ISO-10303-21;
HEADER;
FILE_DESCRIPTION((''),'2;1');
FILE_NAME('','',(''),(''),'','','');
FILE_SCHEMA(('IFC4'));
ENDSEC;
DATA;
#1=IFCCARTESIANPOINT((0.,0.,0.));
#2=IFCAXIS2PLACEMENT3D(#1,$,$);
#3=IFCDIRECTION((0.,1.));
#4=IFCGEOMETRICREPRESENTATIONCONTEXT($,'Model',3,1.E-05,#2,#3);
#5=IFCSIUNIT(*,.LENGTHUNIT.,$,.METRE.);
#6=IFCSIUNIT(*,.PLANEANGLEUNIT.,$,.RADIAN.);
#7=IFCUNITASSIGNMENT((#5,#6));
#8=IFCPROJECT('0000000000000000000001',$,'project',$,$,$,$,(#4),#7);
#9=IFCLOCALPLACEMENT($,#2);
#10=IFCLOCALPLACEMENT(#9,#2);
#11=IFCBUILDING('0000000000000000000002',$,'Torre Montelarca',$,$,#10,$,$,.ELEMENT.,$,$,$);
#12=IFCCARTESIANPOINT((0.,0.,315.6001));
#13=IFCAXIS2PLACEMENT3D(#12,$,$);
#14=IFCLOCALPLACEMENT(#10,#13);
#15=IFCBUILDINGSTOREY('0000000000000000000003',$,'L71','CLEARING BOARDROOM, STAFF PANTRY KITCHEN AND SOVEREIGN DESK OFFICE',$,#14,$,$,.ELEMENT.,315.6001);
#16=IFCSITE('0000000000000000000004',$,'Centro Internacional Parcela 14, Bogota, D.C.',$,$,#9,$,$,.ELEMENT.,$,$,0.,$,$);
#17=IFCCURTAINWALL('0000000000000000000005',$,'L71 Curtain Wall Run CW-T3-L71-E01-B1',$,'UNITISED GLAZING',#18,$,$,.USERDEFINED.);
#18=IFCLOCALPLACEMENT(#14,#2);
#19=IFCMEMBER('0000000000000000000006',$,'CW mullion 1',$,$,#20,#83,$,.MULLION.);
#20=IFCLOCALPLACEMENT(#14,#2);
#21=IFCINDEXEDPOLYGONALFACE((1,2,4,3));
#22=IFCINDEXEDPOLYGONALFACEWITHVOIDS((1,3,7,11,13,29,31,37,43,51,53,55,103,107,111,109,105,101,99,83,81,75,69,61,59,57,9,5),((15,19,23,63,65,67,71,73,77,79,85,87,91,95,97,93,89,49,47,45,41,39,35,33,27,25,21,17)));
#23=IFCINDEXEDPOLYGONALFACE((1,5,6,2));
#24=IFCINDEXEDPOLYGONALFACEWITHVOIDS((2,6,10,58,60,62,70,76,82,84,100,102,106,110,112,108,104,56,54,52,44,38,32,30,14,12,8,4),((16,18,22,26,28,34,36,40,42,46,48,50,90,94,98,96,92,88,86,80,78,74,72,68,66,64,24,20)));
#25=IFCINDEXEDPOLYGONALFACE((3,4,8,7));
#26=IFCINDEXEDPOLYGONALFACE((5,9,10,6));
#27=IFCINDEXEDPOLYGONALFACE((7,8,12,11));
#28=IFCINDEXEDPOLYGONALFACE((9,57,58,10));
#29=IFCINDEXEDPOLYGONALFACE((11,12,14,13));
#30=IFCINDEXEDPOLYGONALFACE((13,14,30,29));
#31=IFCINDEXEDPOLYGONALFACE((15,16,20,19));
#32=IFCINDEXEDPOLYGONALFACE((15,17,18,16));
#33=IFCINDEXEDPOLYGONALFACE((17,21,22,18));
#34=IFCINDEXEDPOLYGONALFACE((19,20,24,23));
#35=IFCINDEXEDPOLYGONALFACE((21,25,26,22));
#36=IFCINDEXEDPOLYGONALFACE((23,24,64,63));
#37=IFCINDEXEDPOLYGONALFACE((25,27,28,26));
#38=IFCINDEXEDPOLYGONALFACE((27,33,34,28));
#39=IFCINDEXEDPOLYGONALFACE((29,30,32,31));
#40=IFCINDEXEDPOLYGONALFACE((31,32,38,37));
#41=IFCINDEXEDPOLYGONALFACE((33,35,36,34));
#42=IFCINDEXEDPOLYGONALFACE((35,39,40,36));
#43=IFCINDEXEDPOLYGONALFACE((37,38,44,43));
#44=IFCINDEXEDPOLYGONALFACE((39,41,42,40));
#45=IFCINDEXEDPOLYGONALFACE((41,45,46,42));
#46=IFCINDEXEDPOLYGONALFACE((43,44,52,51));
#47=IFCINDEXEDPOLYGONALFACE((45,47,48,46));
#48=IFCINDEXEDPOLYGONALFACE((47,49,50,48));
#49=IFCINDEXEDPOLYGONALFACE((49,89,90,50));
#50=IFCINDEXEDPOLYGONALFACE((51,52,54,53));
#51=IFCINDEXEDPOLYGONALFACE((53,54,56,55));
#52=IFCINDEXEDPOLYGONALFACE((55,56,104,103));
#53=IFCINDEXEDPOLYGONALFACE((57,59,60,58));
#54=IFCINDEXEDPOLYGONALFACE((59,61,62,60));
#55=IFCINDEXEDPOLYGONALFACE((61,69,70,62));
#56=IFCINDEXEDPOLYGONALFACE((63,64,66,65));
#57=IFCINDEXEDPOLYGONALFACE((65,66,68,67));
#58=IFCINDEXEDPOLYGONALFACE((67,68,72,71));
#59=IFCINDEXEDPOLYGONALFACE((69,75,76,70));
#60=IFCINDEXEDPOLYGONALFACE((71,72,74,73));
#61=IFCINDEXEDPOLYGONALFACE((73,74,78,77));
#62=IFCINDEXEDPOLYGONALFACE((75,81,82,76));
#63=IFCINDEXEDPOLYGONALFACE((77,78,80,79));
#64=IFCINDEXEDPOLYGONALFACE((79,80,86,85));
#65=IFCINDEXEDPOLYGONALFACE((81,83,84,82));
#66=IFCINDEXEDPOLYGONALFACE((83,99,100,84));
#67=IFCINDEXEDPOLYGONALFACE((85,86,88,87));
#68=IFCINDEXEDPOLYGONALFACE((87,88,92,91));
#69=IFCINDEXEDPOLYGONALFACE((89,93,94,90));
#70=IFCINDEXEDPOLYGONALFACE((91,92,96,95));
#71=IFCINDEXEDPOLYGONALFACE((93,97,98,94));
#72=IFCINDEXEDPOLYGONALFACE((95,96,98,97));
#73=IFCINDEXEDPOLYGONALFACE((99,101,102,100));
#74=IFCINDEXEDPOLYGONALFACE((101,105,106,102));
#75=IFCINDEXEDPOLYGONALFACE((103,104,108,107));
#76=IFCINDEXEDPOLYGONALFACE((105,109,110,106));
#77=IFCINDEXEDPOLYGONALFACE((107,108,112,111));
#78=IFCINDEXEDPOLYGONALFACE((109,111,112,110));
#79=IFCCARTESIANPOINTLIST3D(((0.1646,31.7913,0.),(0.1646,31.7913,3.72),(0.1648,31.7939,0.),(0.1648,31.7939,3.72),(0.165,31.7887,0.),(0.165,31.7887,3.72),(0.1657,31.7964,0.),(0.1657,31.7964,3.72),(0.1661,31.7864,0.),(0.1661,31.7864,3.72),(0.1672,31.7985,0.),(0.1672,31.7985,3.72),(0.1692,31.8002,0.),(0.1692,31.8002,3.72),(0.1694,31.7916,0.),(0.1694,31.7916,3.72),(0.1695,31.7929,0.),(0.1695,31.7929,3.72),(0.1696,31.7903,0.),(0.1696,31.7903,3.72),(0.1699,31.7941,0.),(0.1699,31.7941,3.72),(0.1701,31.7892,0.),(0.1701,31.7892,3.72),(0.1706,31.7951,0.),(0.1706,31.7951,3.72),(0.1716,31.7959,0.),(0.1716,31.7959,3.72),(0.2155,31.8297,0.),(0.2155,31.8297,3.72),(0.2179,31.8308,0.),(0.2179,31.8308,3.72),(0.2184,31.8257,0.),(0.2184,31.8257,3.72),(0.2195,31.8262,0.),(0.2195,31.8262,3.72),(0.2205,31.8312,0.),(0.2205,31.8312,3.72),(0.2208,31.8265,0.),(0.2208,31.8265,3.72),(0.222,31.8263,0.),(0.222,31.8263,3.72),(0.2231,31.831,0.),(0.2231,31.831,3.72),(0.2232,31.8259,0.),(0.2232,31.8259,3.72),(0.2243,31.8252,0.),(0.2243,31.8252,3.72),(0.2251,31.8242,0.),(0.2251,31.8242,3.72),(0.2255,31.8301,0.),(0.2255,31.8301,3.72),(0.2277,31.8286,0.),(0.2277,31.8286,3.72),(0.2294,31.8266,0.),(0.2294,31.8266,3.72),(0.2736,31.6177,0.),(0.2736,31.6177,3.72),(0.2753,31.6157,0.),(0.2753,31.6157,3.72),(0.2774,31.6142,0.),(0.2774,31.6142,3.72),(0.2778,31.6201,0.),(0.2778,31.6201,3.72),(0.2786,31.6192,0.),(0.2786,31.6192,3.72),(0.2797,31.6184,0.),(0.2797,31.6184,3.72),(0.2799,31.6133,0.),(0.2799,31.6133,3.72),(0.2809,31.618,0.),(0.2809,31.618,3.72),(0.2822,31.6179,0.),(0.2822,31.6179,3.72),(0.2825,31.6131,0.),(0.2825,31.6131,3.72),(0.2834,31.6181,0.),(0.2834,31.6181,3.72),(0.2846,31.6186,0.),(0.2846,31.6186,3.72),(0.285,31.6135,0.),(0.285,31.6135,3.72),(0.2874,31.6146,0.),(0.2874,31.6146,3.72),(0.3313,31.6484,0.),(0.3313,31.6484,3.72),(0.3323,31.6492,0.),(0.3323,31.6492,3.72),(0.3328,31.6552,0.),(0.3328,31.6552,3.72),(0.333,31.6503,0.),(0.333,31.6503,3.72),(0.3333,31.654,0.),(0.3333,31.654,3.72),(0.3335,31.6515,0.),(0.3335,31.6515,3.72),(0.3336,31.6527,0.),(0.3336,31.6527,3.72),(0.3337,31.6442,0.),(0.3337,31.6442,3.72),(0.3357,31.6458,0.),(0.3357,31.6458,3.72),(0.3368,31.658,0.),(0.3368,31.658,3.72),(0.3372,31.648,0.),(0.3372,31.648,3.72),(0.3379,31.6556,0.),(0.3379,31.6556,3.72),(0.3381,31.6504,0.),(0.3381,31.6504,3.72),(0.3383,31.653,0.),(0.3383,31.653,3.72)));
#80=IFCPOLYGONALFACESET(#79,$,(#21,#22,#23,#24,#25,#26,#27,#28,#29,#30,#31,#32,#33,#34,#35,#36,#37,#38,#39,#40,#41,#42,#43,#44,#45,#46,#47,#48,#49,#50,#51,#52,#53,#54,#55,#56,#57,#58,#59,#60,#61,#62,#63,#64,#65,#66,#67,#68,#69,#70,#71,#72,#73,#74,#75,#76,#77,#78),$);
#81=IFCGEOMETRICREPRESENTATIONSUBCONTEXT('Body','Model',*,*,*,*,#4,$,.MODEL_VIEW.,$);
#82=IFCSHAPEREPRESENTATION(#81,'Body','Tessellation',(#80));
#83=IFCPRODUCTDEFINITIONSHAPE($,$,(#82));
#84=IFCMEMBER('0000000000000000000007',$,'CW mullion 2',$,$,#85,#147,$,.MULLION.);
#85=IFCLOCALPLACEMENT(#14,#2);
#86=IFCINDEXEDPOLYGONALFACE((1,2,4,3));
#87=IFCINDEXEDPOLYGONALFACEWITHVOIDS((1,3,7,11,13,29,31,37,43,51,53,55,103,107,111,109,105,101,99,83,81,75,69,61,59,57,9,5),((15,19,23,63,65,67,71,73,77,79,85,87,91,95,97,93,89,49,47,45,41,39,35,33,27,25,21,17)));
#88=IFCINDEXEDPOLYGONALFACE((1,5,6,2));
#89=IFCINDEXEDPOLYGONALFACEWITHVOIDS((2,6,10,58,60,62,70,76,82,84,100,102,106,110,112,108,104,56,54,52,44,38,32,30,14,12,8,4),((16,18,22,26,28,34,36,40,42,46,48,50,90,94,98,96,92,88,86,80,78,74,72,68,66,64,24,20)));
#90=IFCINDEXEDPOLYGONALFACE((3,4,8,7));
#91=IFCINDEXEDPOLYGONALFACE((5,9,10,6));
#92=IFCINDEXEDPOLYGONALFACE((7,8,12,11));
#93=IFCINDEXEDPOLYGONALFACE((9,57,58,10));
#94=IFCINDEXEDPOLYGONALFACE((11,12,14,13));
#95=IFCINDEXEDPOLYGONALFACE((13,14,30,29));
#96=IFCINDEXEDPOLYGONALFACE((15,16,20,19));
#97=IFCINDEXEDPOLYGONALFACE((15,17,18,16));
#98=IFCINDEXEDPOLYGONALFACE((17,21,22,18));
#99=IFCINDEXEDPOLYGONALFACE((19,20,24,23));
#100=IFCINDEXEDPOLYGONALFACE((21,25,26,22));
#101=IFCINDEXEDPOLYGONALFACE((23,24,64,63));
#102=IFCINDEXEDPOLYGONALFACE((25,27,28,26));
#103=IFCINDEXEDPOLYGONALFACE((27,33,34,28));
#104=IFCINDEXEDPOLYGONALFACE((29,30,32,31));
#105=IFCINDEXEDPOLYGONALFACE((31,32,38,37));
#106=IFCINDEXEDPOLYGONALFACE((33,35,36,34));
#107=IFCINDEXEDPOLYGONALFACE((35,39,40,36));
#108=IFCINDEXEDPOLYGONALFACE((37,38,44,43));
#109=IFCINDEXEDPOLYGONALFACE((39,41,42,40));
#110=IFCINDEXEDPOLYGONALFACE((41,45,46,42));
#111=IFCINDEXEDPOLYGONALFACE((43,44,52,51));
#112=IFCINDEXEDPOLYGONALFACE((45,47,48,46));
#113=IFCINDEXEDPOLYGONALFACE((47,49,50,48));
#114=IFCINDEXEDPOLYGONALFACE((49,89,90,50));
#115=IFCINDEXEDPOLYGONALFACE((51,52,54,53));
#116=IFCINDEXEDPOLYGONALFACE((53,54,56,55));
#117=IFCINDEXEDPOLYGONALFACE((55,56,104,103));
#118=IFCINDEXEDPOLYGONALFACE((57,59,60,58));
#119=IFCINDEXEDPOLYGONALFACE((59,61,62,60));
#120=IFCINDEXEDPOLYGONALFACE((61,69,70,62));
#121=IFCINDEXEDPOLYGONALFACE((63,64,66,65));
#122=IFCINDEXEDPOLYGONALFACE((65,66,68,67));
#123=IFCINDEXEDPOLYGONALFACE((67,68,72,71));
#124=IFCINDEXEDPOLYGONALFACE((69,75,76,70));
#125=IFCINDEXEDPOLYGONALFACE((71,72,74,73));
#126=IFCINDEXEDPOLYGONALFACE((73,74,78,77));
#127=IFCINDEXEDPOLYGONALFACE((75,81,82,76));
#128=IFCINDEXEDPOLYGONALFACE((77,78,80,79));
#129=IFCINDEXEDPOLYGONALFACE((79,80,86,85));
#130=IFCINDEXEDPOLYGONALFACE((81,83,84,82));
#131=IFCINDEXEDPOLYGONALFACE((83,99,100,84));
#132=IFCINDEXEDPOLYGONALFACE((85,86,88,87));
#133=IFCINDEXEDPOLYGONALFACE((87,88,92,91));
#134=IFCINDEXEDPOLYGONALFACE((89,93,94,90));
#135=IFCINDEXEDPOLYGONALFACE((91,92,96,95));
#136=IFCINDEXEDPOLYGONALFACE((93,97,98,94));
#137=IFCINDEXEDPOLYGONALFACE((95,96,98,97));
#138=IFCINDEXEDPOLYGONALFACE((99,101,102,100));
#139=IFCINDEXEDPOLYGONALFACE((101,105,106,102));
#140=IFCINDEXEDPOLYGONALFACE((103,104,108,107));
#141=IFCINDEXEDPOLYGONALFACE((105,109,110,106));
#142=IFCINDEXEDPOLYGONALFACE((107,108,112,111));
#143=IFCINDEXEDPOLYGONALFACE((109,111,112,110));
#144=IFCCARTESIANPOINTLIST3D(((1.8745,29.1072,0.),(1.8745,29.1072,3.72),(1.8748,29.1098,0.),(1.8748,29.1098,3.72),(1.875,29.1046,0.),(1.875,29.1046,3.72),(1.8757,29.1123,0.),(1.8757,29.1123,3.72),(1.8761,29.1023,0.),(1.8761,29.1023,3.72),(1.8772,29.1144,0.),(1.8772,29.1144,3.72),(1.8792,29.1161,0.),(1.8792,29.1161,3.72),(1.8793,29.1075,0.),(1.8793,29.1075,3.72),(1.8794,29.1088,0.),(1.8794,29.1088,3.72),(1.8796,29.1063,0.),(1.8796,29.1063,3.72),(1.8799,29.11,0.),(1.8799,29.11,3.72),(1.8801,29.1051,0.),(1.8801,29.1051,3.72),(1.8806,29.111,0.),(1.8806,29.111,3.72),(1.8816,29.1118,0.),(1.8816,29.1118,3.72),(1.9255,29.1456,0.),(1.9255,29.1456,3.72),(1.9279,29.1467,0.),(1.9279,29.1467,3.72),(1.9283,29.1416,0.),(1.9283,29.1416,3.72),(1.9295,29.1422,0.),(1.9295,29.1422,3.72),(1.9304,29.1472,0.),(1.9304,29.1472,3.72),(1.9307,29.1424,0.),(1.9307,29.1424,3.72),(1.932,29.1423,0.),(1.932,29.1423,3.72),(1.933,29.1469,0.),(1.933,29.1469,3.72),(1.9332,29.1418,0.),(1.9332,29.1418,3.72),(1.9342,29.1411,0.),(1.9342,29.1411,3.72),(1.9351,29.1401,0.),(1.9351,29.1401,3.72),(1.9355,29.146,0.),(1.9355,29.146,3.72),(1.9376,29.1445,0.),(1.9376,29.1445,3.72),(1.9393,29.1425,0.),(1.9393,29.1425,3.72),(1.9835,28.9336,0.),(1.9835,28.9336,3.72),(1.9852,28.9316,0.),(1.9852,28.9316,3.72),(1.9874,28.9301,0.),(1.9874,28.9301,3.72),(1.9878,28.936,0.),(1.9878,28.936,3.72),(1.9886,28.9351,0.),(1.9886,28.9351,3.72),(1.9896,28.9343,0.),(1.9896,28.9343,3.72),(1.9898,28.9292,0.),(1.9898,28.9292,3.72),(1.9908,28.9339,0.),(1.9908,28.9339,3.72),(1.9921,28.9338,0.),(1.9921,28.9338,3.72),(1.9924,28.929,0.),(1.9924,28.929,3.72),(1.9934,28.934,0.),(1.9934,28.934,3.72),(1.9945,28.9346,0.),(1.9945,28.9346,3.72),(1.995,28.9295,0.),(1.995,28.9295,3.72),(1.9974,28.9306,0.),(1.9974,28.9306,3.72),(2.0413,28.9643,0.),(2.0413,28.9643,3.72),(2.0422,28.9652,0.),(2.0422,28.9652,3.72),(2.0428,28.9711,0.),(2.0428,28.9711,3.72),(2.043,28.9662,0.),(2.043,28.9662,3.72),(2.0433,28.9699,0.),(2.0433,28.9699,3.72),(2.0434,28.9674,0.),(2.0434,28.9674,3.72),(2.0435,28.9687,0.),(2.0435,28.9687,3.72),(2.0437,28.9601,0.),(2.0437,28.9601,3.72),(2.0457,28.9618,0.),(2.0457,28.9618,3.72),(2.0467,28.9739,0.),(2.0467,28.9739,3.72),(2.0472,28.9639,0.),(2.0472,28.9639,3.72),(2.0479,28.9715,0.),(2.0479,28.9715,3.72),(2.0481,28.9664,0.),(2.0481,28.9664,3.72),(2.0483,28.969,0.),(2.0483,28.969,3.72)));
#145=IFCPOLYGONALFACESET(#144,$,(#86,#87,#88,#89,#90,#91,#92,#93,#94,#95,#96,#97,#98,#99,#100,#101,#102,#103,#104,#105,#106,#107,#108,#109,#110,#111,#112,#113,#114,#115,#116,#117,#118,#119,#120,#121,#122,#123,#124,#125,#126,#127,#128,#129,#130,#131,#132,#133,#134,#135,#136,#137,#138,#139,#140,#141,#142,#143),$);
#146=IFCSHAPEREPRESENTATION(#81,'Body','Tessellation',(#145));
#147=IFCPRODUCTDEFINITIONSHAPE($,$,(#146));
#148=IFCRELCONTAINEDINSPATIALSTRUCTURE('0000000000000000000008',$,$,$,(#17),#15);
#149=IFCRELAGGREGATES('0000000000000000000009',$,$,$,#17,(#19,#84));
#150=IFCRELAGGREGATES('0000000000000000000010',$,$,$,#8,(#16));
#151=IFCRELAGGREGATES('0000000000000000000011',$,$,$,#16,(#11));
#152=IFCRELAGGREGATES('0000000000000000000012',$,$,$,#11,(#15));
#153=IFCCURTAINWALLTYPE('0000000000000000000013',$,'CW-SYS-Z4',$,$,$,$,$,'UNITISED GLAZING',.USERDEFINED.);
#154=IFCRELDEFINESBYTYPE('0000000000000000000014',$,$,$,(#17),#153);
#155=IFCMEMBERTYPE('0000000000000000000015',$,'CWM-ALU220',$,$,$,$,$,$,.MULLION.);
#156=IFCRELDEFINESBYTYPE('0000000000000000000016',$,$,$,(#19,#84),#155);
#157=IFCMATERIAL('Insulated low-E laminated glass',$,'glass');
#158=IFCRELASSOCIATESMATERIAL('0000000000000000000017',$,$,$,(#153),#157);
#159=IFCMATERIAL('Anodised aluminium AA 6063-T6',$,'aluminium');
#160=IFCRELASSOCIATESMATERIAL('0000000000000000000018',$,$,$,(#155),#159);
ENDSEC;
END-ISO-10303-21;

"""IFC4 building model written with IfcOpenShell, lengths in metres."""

from ifc_helpers import new_model, si_unit, direction, frame, origin, origin_2d, place, context, subcontext, project, spatial, hollow_rectangle, extrude, source, transform, mapped, material, material_profile, profile_set, type_object, element, aggregate, save


model = new_model("IFC4")

# Units and contexts
model_context = context("Model", 3, precision=1e-05, world=origin(), true_north=direction((0.0, 1.0)))
body_context = subcontext(model_context, "Body", "Model", "MODEL_VIEW")
ifc_project = project(units=[si_unit("LENGTHUNIT", "METRE"), si_unit("PLANEANGLEUNIT", "RADIAN")], contexts=[model_context])

# Site, building, storey
site_placement = place(None, origin())
site = spatial("IfcSite", under=ifc_project, at=site_placement, Name="Centro Internacional Parcela 14, Bogota, D.C.", CompositionType="ELEMENT", RefElevation=0.0)
building_placement = place(site_placement, origin())
building = spatial("IfcBuilding", under=site, at=building_placement, Name="Torre Montelarca", CompositionType="ELEMENT")
storey_placement = place(building_placement, frame((0.0, 0.0, 315.6001)))
storey = spatial("IfcBuildingStorey", under=building, at=storey_placement, Name="L71", Description="CLEARING BOARDROOM, STAFF PANTRY KITCHEN AND SOVEREIGN DESK OFFICE", CompositionType="ELEMENT", Elevation=315.6001)

# Curtain wall, members
ifc_material_1 = material(Name="Insulated low-E laminated glass", Category="glass")
curtain_wall_type = type_object("IfcCurtainWallType", Name="CW-SYS-Z4", ElementType="UNITISED GLAZING", PredefinedType="USERDEFINED", material=ifc_material_1)
curtain_wall_1_placement = place(storey_placement, origin())
curtain_wall_1 = element("IfcCurtainWall", 1, at=curtain_wall_1_placement, inside=storey, type_object=curtain_wall_type, Name="L71 Curtain Wall Run CW-T3-L71-E01-B1", ObjectType="UNITISED GLAZING", PredefinedType="USERDEFINED")
ifc_material_2 = material(Name="Anodised aluminium AA 6063-T6", Category="aluminium")
ifc_material_profile_1 = material_profile(ifc_material_2, hollow_rectangle(XDim=0.075, YDim=0.22, WallThickness=0.0049, InnerFilletRadius=0.0049, OuterFilletRadius=0.01, at=origin_2d()), Name="ALU75X220X5", Category="aluminium")
ifc_profile_set_1 = profile_set([ifc_material_profile_1], Name="Anodised aluminium AA 6063-T6")
member_type_1 = type_object("IfcMemberType", Name="CWM-ALU220", PredefinedType="MULLION", material=ifc_profile_set_1)
shared_shape_1 = source(origin(), body_context, "Body", "SweptSolid", [
    extrude(hollow_rectangle(XDim=0.075, YDim=0.22, WallThickness=0.0049, InnerFilletRadius=0.0049, OuterFilletRadius=0.01, at=origin_2d()), origin(), (0.0, 0.0, 1.0), 3.72),
])
member_1_placement = place(storey_placement, frame((0.2515, 31.7222, 0.0), z_axis=(0.0, 0.0, 1.0), x_axis=(0.84339, 0.537301, 0.0)))
member_1 = element("IfcMember", 2, at=member_1_placement, type_object=member_type_1, Name="CW mullion 1", PredefinedType="MULLION", context=body_context, shape_type="MappedRepresentation", body=[
    mapped(shared_shape_1, transform((0.0, 0.0, 0.0), scale=1.0)),
])
member_2_placement = place(storey_placement, frame((1.9614, 29.0381, 0.0), z_axis=(0.0, 0.0, 1.0), x_axis=(0.84339, 0.537301, 0.0)))
member_2 = element("IfcMember", 3, at=member_2_placement, type_object=member_type_1, Name="CW mullion 2", PredefinedType="MULLION", context=body_context, shape_type="MappedRepresentation", body=[
    mapped(shared_shape_1, transform((0.0, 0.0, 0.0), scale=1.0)),
])

aggregate(curtain_wall_1, [member_1, member_2])

save(model, "model.ifc")
